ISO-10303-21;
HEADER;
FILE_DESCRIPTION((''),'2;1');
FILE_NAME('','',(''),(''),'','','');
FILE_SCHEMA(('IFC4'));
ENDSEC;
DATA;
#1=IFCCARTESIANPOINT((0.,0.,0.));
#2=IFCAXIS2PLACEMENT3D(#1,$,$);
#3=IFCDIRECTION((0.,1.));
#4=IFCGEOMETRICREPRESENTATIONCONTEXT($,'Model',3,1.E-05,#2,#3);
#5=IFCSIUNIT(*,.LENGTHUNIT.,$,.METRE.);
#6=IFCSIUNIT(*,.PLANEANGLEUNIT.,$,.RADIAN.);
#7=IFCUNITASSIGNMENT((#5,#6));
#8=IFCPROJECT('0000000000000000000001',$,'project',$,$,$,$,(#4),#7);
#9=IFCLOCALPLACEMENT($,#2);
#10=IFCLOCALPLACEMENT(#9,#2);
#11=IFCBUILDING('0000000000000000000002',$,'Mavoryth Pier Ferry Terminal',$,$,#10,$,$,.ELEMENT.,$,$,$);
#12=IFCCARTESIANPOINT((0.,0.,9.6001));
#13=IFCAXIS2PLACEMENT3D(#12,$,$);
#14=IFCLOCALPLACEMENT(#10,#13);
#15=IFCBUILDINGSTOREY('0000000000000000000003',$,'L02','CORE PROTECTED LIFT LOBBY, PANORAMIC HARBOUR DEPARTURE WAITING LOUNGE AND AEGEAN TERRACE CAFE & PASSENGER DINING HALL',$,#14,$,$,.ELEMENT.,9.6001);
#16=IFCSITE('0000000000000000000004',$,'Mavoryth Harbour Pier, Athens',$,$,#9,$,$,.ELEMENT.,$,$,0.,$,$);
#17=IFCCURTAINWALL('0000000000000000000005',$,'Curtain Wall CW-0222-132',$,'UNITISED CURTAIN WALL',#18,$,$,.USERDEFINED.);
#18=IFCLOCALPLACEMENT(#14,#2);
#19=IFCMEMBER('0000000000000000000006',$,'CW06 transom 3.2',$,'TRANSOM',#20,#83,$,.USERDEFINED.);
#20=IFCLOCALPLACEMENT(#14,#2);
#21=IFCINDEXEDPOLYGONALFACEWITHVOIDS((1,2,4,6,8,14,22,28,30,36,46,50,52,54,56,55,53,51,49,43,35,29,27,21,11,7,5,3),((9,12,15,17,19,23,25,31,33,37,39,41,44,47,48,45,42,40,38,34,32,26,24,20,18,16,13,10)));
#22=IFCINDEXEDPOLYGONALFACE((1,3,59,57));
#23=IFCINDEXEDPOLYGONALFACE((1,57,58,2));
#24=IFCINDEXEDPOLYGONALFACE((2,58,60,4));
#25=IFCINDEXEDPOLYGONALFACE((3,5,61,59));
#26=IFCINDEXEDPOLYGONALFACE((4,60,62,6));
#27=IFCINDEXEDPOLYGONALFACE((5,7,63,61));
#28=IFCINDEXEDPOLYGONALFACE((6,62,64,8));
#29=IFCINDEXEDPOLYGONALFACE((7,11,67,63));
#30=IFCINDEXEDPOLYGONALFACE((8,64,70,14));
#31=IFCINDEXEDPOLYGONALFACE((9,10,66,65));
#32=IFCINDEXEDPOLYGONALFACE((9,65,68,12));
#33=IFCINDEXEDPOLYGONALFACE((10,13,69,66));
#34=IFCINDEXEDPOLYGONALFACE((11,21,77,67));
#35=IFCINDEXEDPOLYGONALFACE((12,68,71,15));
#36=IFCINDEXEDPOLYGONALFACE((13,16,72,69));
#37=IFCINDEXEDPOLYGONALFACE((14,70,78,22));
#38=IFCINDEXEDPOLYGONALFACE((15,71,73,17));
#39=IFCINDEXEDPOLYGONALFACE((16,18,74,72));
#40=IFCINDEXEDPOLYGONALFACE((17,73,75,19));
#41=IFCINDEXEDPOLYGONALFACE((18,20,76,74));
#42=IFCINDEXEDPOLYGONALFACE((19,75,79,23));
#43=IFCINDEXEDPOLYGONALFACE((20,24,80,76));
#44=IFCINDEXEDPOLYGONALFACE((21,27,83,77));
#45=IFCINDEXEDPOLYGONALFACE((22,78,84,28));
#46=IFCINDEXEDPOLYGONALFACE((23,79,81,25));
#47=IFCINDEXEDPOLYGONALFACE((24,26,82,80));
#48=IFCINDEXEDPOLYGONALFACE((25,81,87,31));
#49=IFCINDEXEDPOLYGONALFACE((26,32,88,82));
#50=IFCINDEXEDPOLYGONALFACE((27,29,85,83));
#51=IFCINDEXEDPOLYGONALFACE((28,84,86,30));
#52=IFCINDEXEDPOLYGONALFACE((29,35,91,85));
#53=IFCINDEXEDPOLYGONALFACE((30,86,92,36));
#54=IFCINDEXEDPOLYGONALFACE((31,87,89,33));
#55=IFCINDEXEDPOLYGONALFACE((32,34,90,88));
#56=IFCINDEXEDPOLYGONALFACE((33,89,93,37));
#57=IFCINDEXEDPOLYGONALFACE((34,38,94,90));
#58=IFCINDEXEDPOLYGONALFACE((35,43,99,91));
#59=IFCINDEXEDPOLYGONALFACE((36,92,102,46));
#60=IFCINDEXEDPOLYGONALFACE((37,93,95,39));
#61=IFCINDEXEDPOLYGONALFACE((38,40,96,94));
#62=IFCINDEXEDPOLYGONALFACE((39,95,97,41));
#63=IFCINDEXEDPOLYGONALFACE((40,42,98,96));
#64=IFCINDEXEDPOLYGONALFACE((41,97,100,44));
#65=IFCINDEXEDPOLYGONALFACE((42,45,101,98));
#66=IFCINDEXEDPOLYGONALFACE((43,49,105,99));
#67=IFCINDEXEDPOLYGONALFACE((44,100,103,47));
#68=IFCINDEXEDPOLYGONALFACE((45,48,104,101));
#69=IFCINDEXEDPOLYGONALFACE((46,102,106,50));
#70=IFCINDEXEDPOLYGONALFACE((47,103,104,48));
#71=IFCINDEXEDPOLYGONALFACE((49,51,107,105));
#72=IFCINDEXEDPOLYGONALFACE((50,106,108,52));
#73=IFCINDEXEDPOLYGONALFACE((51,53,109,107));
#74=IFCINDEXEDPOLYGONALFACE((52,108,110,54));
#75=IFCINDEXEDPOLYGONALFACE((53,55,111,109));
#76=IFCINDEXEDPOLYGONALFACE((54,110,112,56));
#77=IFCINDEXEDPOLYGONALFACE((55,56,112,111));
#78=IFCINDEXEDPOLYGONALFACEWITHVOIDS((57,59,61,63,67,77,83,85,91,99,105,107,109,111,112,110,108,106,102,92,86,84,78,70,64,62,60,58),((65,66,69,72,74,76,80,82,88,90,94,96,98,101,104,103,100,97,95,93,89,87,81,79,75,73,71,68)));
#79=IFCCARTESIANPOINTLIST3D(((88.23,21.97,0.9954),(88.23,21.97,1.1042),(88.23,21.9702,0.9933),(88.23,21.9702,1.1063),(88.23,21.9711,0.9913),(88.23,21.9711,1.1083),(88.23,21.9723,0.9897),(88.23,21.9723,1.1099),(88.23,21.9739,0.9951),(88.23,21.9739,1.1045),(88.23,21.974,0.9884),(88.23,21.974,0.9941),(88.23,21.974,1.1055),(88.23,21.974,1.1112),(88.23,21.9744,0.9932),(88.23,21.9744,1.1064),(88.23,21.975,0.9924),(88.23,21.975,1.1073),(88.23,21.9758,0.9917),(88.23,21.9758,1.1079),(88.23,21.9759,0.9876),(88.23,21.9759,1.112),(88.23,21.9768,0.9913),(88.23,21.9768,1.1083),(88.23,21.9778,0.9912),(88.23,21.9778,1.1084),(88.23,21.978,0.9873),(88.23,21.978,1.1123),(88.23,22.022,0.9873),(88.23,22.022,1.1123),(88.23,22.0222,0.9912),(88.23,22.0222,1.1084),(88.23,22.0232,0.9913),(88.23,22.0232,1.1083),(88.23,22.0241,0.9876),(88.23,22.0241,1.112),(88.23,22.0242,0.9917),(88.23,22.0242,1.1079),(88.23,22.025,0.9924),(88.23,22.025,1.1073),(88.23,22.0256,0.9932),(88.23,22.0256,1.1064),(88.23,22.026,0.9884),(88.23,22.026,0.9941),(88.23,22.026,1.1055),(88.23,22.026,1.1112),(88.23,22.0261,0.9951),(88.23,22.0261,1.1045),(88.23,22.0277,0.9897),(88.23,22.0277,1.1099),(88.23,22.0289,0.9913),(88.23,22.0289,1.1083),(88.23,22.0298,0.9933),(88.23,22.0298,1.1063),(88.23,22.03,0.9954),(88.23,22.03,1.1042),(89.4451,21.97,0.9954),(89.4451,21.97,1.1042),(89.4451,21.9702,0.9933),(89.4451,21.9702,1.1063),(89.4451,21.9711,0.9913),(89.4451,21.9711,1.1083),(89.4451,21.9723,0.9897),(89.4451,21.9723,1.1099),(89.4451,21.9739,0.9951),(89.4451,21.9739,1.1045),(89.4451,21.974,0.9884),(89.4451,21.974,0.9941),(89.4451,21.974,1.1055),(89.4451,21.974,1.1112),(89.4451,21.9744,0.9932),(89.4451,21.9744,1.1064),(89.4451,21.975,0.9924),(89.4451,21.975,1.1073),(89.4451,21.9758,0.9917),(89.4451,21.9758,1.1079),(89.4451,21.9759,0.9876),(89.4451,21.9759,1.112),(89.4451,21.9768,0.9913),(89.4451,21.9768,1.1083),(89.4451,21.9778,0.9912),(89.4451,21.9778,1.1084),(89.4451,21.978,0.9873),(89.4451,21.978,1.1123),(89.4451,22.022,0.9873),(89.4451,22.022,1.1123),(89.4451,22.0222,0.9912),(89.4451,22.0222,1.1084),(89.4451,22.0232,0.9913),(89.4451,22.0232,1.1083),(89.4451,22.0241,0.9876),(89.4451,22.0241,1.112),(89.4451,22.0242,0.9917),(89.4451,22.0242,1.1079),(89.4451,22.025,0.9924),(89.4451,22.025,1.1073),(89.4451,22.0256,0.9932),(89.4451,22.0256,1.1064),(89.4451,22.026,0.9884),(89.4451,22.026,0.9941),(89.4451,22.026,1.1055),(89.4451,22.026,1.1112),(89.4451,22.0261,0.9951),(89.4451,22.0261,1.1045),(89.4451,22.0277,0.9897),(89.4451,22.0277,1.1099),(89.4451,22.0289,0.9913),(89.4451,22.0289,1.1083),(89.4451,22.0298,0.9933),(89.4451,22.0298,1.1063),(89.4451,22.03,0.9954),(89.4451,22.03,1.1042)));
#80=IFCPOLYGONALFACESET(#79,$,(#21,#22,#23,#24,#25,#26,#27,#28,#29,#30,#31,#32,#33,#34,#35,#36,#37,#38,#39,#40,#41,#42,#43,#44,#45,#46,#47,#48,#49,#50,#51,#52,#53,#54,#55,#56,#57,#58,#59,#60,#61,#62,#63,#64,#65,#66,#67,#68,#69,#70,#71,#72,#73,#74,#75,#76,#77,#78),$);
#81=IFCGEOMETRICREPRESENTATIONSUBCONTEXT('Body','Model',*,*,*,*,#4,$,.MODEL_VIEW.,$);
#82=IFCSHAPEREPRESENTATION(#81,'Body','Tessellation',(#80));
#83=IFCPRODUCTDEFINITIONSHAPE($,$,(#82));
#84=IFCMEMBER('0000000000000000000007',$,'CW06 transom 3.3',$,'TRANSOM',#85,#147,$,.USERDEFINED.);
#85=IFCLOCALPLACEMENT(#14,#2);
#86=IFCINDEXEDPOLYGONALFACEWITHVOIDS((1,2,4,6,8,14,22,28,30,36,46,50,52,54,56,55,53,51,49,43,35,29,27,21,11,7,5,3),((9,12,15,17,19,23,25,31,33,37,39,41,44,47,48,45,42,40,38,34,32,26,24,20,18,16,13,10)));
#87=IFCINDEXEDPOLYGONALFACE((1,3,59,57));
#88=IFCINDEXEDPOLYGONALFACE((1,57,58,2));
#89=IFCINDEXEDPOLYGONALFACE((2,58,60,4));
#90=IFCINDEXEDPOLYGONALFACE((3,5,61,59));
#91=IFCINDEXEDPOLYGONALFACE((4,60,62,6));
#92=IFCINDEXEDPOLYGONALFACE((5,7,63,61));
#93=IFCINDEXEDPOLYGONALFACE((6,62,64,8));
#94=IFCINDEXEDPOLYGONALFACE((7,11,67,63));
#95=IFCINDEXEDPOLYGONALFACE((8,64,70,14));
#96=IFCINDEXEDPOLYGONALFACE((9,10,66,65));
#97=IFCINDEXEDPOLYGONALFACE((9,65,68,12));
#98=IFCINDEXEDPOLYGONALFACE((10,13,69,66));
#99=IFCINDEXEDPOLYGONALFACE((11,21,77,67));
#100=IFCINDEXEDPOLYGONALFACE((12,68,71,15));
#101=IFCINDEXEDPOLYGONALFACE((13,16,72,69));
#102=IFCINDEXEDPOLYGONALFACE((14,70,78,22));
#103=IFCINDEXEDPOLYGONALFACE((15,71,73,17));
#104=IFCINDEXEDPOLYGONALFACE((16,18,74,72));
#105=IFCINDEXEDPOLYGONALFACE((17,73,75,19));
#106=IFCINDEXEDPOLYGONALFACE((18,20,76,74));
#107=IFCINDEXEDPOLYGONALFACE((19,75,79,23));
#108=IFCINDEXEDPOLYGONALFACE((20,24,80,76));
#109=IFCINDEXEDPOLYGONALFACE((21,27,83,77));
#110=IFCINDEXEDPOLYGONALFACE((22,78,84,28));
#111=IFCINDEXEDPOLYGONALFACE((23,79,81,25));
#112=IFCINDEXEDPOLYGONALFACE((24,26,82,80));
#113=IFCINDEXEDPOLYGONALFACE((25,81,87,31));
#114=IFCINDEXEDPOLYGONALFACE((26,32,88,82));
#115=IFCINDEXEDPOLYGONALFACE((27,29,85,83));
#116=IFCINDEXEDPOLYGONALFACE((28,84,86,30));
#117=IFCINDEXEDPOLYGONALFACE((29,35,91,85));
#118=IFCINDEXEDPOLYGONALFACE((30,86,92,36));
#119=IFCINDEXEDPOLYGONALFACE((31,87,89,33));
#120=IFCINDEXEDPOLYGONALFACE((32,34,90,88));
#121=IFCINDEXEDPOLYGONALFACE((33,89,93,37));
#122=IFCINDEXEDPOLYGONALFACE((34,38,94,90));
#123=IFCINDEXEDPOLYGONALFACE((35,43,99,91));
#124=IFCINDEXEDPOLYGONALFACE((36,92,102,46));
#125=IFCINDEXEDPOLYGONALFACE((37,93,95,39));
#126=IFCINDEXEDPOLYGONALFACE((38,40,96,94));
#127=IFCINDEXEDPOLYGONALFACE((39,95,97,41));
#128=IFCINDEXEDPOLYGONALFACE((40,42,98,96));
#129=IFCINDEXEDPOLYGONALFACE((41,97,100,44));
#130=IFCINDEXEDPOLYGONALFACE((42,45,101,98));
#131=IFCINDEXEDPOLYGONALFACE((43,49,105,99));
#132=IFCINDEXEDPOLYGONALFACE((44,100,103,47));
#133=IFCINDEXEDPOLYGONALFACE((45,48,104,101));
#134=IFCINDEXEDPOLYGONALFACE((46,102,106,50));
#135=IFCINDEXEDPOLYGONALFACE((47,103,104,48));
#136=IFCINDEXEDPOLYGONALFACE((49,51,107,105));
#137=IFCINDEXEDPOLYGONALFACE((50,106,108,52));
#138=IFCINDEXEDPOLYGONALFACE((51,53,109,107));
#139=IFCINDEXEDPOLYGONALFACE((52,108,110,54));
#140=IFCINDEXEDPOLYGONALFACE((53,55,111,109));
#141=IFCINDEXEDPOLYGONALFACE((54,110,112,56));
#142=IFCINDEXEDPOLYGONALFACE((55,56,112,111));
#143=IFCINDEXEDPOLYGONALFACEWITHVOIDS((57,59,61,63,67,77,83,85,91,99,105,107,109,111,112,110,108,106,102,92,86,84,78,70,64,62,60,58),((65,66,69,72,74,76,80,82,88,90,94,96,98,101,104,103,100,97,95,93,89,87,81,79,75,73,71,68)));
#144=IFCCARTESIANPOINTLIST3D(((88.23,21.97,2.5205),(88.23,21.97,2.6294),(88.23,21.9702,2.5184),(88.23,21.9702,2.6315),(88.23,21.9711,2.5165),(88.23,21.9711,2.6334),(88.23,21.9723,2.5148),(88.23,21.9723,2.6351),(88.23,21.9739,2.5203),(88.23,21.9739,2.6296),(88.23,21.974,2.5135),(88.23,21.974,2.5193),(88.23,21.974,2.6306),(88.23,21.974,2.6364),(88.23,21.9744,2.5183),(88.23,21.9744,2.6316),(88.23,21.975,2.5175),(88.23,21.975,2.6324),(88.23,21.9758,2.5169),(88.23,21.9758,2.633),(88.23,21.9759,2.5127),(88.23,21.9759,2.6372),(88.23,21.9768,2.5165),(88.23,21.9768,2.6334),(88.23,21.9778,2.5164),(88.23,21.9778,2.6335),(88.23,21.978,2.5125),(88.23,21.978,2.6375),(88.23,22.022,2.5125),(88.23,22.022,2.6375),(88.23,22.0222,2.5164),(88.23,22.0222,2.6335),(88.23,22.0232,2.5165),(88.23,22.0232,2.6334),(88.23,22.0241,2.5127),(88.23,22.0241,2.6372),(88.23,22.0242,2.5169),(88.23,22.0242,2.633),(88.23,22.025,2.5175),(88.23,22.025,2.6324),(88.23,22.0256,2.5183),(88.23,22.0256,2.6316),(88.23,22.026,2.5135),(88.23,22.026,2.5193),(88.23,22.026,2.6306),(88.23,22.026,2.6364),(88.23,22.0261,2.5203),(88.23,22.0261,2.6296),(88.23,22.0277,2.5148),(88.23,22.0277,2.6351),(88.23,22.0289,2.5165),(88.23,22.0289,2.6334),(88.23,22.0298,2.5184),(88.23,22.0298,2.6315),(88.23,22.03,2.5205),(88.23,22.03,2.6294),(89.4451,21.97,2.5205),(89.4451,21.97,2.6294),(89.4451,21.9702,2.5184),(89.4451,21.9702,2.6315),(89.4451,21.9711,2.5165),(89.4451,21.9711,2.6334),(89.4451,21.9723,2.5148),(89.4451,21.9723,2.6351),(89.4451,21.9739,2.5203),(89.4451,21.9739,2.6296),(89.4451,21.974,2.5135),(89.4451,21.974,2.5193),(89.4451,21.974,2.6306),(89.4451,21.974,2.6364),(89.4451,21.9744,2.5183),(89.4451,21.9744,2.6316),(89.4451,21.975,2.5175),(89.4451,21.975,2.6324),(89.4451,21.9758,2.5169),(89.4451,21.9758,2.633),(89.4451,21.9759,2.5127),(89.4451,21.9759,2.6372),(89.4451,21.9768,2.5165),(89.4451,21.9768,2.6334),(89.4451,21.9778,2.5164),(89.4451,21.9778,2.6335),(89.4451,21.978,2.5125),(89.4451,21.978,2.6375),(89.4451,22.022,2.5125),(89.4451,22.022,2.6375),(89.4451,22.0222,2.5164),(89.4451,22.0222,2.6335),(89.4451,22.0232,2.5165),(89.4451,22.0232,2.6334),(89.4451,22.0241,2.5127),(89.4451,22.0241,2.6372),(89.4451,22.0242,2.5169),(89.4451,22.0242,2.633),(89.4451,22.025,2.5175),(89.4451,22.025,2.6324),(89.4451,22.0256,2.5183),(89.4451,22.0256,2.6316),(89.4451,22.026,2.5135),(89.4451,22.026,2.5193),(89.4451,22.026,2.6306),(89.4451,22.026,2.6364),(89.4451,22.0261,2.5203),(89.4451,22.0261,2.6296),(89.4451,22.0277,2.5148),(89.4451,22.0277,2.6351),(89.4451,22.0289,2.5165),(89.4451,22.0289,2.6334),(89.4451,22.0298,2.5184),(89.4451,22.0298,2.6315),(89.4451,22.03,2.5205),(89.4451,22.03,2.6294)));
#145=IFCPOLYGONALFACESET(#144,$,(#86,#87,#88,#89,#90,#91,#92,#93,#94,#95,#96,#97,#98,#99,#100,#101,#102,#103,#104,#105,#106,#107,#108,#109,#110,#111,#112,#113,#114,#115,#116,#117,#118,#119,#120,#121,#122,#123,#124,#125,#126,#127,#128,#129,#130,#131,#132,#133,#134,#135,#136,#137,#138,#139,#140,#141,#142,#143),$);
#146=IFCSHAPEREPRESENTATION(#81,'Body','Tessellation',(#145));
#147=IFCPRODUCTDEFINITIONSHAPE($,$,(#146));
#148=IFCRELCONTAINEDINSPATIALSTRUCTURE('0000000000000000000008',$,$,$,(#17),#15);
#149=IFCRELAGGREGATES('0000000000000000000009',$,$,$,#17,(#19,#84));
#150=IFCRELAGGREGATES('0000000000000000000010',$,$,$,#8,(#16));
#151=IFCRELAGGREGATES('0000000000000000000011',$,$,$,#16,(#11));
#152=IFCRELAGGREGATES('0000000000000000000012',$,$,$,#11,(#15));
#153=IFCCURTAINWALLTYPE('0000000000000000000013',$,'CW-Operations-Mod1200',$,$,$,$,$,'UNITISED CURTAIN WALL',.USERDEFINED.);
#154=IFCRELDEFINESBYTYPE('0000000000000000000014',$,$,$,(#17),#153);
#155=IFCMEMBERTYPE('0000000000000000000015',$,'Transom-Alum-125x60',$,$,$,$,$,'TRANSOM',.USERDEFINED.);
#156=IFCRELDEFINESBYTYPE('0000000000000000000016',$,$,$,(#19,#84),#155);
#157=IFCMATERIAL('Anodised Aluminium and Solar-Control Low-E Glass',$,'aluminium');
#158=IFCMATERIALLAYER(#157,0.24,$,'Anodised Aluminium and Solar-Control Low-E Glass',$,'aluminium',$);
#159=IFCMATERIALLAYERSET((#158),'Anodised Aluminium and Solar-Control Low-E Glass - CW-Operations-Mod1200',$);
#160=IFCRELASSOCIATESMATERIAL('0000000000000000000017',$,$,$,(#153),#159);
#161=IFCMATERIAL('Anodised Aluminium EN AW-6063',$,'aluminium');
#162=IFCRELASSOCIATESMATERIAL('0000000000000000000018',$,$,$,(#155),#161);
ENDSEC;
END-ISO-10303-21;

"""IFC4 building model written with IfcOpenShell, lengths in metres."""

from ifc_helpers import new_model, si_unit, direction, frame, origin, origin_2d, place, context, subcontext, project, spatial, hollow_rectangle, extrude, material, layer, layer_set, material_profile, profile_set, type_object, element, aggregate, save


model = new_model("IFC4")

# Units and contexts
model_context = context("Model", 3, precision=1e-05, world=origin(), true_north=direction((0.0, 1.0)))
body_context = subcontext(model_context, "Body", "Model", "MODEL_VIEW")
ifc_project = project(units=[si_unit("LENGTHUNIT", "METRE"), si_unit("PLANEANGLEUNIT", "RADIAN")], contexts=[model_context])

# Site, building, storey
site_placement = place(None, origin())
site = spatial("IfcSite", under=ifc_project, at=site_placement, Name="Mavoryth Harbour Pier, Athens", CompositionType="ELEMENT", RefElevation=0.0)
building_placement = place(site_placement, origin())
building = spatial("IfcBuilding", under=site, at=building_placement, Name="Mavoryth Pier Ferry Terminal", CompositionType="ELEMENT")
storey_placement = place(building_placement, frame((0.0, 0.0, 9.6001)))
storey = spatial("IfcBuildingStorey", under=building, at=storey_placement, Name="L02", Description="CORE PROTECTED LIFT LOBBY, PANORAMIC HARBOUR DEPARTURE WAITING LOUNGE AND AEGEAN TERRACE CAFE & PASSENGER DINING HALL", CompositionType="ELEMENT", Elevation=9.6001)

# Curtain wall
ifc_material_1 = material(Name="Anodised Aluminium and Solar-Control Low-E Glass", Category="aluminium")
ifc_layer_1 = layer(ifc_material_1, 0.24, Name="Anodised Aluminium and Solar-Control Low-E Glass", Category="aluminium")
ifc_layer_set_1 = layer_set([ifc_layer_1], Name="Anodised Aluminium and Solar-Control Low-E Glass - CW-Operations-Mod1200")
curtain_wall_type = type_object("IfcCurtainWallType", Name="CW-Operations-Mod1200", ElementType="UNITISED CURTAIN WALL", PredefinedType="USERDEFINED", material=ifc_layer_set_1)
curtain_wall_placement = place(storey_placement, origin())
curtain_wall = element("IfcCurtainWall", 1, at=curtain_wall_placement, inside=storey, type_object=curtain_wall_type, Name="Curtain Wall CW-0222-132", ObjectType="UNITISED CURTAIN WALL", PredefinedType="USERDEFINED")
ifc_material_2 = material(Name="Anodised Aluminium EN AW-6063", Category="aluminium")

# Members
ifc_material_profile_1 = material_profile(ifc_material_2, hollow_rectangle(XDim=0.0601, YDim=0.125, WallThickness=0.0039, InnerFilletRadius=0.0039, OuterFilletRadius=0.0081, at=origin_2d()), Name="AL-TRAN 125x60x4", Category="aluminium")
ifc_profile_set_1 = profile_set([ifc_material_profile_1], Name="Anodised Aluminium EN AW-6063 - AL-TRAN 125x60x4")
member_type_1 = type_object("IfcMemberType", Name="Transom-Alum-125x60", ElementType="TRANSOM", PredefinedType="USERDEFINED", material=ifc_profile_set_1)
member_1_placement = place(storey_placement, frame((89.4451, 22.0, 1.0498), z_axis=(-1.0, 0.0, 0.0), x_axis=(0.0, -1.0, 0.0)))
member_1 = element("IfcMember", 2, at=member_1_placement, type_object=member_type_1, Name="CW06 transom 3.2", ObjectType="TRANSOM", PredefinedType="USERDEFINED", context=body_context, shape_type="SweptSolid", body=[
    extrude(hollow_rectangle(XDim=0.0601, YDim=0.125, WallThickness=0.0039, InnerFilletRadius=0.0039, OuterFilletRadius=0.0081, at=origin_2d()), origin(), (0.0, 0.0, 1.0), 1.2151),
])
member_2_placement = place(storey_placement, frame((89.4451, 22.0, 2.575), z_axis=(-1.0, 0.0, 0.0), x_axis=(0.0, -1.0, 0.0)))
member_2 = element("IfcMember", 3, at=member_2_placement, type_object=member_type_1, Name="CW06 transom 3.3", ObjectType="TRANSOM", PredefinedType="USERDEFINED", context=body_context, shape_type="SweptSolid", body=[
    extrude(hollow_rectangle(XDim=0.0601, YDim=0.125, WallThickness=0.0039, InnerFilletRadius=0.0039, OuterFilletRadius=0.0081, at=origin_2d()), origin(), (0.0, 0.0, 1.0), 1.2151),
])

aggregate(curtain_wall, [member_1, member_2])

save(model, "model.ifc")
